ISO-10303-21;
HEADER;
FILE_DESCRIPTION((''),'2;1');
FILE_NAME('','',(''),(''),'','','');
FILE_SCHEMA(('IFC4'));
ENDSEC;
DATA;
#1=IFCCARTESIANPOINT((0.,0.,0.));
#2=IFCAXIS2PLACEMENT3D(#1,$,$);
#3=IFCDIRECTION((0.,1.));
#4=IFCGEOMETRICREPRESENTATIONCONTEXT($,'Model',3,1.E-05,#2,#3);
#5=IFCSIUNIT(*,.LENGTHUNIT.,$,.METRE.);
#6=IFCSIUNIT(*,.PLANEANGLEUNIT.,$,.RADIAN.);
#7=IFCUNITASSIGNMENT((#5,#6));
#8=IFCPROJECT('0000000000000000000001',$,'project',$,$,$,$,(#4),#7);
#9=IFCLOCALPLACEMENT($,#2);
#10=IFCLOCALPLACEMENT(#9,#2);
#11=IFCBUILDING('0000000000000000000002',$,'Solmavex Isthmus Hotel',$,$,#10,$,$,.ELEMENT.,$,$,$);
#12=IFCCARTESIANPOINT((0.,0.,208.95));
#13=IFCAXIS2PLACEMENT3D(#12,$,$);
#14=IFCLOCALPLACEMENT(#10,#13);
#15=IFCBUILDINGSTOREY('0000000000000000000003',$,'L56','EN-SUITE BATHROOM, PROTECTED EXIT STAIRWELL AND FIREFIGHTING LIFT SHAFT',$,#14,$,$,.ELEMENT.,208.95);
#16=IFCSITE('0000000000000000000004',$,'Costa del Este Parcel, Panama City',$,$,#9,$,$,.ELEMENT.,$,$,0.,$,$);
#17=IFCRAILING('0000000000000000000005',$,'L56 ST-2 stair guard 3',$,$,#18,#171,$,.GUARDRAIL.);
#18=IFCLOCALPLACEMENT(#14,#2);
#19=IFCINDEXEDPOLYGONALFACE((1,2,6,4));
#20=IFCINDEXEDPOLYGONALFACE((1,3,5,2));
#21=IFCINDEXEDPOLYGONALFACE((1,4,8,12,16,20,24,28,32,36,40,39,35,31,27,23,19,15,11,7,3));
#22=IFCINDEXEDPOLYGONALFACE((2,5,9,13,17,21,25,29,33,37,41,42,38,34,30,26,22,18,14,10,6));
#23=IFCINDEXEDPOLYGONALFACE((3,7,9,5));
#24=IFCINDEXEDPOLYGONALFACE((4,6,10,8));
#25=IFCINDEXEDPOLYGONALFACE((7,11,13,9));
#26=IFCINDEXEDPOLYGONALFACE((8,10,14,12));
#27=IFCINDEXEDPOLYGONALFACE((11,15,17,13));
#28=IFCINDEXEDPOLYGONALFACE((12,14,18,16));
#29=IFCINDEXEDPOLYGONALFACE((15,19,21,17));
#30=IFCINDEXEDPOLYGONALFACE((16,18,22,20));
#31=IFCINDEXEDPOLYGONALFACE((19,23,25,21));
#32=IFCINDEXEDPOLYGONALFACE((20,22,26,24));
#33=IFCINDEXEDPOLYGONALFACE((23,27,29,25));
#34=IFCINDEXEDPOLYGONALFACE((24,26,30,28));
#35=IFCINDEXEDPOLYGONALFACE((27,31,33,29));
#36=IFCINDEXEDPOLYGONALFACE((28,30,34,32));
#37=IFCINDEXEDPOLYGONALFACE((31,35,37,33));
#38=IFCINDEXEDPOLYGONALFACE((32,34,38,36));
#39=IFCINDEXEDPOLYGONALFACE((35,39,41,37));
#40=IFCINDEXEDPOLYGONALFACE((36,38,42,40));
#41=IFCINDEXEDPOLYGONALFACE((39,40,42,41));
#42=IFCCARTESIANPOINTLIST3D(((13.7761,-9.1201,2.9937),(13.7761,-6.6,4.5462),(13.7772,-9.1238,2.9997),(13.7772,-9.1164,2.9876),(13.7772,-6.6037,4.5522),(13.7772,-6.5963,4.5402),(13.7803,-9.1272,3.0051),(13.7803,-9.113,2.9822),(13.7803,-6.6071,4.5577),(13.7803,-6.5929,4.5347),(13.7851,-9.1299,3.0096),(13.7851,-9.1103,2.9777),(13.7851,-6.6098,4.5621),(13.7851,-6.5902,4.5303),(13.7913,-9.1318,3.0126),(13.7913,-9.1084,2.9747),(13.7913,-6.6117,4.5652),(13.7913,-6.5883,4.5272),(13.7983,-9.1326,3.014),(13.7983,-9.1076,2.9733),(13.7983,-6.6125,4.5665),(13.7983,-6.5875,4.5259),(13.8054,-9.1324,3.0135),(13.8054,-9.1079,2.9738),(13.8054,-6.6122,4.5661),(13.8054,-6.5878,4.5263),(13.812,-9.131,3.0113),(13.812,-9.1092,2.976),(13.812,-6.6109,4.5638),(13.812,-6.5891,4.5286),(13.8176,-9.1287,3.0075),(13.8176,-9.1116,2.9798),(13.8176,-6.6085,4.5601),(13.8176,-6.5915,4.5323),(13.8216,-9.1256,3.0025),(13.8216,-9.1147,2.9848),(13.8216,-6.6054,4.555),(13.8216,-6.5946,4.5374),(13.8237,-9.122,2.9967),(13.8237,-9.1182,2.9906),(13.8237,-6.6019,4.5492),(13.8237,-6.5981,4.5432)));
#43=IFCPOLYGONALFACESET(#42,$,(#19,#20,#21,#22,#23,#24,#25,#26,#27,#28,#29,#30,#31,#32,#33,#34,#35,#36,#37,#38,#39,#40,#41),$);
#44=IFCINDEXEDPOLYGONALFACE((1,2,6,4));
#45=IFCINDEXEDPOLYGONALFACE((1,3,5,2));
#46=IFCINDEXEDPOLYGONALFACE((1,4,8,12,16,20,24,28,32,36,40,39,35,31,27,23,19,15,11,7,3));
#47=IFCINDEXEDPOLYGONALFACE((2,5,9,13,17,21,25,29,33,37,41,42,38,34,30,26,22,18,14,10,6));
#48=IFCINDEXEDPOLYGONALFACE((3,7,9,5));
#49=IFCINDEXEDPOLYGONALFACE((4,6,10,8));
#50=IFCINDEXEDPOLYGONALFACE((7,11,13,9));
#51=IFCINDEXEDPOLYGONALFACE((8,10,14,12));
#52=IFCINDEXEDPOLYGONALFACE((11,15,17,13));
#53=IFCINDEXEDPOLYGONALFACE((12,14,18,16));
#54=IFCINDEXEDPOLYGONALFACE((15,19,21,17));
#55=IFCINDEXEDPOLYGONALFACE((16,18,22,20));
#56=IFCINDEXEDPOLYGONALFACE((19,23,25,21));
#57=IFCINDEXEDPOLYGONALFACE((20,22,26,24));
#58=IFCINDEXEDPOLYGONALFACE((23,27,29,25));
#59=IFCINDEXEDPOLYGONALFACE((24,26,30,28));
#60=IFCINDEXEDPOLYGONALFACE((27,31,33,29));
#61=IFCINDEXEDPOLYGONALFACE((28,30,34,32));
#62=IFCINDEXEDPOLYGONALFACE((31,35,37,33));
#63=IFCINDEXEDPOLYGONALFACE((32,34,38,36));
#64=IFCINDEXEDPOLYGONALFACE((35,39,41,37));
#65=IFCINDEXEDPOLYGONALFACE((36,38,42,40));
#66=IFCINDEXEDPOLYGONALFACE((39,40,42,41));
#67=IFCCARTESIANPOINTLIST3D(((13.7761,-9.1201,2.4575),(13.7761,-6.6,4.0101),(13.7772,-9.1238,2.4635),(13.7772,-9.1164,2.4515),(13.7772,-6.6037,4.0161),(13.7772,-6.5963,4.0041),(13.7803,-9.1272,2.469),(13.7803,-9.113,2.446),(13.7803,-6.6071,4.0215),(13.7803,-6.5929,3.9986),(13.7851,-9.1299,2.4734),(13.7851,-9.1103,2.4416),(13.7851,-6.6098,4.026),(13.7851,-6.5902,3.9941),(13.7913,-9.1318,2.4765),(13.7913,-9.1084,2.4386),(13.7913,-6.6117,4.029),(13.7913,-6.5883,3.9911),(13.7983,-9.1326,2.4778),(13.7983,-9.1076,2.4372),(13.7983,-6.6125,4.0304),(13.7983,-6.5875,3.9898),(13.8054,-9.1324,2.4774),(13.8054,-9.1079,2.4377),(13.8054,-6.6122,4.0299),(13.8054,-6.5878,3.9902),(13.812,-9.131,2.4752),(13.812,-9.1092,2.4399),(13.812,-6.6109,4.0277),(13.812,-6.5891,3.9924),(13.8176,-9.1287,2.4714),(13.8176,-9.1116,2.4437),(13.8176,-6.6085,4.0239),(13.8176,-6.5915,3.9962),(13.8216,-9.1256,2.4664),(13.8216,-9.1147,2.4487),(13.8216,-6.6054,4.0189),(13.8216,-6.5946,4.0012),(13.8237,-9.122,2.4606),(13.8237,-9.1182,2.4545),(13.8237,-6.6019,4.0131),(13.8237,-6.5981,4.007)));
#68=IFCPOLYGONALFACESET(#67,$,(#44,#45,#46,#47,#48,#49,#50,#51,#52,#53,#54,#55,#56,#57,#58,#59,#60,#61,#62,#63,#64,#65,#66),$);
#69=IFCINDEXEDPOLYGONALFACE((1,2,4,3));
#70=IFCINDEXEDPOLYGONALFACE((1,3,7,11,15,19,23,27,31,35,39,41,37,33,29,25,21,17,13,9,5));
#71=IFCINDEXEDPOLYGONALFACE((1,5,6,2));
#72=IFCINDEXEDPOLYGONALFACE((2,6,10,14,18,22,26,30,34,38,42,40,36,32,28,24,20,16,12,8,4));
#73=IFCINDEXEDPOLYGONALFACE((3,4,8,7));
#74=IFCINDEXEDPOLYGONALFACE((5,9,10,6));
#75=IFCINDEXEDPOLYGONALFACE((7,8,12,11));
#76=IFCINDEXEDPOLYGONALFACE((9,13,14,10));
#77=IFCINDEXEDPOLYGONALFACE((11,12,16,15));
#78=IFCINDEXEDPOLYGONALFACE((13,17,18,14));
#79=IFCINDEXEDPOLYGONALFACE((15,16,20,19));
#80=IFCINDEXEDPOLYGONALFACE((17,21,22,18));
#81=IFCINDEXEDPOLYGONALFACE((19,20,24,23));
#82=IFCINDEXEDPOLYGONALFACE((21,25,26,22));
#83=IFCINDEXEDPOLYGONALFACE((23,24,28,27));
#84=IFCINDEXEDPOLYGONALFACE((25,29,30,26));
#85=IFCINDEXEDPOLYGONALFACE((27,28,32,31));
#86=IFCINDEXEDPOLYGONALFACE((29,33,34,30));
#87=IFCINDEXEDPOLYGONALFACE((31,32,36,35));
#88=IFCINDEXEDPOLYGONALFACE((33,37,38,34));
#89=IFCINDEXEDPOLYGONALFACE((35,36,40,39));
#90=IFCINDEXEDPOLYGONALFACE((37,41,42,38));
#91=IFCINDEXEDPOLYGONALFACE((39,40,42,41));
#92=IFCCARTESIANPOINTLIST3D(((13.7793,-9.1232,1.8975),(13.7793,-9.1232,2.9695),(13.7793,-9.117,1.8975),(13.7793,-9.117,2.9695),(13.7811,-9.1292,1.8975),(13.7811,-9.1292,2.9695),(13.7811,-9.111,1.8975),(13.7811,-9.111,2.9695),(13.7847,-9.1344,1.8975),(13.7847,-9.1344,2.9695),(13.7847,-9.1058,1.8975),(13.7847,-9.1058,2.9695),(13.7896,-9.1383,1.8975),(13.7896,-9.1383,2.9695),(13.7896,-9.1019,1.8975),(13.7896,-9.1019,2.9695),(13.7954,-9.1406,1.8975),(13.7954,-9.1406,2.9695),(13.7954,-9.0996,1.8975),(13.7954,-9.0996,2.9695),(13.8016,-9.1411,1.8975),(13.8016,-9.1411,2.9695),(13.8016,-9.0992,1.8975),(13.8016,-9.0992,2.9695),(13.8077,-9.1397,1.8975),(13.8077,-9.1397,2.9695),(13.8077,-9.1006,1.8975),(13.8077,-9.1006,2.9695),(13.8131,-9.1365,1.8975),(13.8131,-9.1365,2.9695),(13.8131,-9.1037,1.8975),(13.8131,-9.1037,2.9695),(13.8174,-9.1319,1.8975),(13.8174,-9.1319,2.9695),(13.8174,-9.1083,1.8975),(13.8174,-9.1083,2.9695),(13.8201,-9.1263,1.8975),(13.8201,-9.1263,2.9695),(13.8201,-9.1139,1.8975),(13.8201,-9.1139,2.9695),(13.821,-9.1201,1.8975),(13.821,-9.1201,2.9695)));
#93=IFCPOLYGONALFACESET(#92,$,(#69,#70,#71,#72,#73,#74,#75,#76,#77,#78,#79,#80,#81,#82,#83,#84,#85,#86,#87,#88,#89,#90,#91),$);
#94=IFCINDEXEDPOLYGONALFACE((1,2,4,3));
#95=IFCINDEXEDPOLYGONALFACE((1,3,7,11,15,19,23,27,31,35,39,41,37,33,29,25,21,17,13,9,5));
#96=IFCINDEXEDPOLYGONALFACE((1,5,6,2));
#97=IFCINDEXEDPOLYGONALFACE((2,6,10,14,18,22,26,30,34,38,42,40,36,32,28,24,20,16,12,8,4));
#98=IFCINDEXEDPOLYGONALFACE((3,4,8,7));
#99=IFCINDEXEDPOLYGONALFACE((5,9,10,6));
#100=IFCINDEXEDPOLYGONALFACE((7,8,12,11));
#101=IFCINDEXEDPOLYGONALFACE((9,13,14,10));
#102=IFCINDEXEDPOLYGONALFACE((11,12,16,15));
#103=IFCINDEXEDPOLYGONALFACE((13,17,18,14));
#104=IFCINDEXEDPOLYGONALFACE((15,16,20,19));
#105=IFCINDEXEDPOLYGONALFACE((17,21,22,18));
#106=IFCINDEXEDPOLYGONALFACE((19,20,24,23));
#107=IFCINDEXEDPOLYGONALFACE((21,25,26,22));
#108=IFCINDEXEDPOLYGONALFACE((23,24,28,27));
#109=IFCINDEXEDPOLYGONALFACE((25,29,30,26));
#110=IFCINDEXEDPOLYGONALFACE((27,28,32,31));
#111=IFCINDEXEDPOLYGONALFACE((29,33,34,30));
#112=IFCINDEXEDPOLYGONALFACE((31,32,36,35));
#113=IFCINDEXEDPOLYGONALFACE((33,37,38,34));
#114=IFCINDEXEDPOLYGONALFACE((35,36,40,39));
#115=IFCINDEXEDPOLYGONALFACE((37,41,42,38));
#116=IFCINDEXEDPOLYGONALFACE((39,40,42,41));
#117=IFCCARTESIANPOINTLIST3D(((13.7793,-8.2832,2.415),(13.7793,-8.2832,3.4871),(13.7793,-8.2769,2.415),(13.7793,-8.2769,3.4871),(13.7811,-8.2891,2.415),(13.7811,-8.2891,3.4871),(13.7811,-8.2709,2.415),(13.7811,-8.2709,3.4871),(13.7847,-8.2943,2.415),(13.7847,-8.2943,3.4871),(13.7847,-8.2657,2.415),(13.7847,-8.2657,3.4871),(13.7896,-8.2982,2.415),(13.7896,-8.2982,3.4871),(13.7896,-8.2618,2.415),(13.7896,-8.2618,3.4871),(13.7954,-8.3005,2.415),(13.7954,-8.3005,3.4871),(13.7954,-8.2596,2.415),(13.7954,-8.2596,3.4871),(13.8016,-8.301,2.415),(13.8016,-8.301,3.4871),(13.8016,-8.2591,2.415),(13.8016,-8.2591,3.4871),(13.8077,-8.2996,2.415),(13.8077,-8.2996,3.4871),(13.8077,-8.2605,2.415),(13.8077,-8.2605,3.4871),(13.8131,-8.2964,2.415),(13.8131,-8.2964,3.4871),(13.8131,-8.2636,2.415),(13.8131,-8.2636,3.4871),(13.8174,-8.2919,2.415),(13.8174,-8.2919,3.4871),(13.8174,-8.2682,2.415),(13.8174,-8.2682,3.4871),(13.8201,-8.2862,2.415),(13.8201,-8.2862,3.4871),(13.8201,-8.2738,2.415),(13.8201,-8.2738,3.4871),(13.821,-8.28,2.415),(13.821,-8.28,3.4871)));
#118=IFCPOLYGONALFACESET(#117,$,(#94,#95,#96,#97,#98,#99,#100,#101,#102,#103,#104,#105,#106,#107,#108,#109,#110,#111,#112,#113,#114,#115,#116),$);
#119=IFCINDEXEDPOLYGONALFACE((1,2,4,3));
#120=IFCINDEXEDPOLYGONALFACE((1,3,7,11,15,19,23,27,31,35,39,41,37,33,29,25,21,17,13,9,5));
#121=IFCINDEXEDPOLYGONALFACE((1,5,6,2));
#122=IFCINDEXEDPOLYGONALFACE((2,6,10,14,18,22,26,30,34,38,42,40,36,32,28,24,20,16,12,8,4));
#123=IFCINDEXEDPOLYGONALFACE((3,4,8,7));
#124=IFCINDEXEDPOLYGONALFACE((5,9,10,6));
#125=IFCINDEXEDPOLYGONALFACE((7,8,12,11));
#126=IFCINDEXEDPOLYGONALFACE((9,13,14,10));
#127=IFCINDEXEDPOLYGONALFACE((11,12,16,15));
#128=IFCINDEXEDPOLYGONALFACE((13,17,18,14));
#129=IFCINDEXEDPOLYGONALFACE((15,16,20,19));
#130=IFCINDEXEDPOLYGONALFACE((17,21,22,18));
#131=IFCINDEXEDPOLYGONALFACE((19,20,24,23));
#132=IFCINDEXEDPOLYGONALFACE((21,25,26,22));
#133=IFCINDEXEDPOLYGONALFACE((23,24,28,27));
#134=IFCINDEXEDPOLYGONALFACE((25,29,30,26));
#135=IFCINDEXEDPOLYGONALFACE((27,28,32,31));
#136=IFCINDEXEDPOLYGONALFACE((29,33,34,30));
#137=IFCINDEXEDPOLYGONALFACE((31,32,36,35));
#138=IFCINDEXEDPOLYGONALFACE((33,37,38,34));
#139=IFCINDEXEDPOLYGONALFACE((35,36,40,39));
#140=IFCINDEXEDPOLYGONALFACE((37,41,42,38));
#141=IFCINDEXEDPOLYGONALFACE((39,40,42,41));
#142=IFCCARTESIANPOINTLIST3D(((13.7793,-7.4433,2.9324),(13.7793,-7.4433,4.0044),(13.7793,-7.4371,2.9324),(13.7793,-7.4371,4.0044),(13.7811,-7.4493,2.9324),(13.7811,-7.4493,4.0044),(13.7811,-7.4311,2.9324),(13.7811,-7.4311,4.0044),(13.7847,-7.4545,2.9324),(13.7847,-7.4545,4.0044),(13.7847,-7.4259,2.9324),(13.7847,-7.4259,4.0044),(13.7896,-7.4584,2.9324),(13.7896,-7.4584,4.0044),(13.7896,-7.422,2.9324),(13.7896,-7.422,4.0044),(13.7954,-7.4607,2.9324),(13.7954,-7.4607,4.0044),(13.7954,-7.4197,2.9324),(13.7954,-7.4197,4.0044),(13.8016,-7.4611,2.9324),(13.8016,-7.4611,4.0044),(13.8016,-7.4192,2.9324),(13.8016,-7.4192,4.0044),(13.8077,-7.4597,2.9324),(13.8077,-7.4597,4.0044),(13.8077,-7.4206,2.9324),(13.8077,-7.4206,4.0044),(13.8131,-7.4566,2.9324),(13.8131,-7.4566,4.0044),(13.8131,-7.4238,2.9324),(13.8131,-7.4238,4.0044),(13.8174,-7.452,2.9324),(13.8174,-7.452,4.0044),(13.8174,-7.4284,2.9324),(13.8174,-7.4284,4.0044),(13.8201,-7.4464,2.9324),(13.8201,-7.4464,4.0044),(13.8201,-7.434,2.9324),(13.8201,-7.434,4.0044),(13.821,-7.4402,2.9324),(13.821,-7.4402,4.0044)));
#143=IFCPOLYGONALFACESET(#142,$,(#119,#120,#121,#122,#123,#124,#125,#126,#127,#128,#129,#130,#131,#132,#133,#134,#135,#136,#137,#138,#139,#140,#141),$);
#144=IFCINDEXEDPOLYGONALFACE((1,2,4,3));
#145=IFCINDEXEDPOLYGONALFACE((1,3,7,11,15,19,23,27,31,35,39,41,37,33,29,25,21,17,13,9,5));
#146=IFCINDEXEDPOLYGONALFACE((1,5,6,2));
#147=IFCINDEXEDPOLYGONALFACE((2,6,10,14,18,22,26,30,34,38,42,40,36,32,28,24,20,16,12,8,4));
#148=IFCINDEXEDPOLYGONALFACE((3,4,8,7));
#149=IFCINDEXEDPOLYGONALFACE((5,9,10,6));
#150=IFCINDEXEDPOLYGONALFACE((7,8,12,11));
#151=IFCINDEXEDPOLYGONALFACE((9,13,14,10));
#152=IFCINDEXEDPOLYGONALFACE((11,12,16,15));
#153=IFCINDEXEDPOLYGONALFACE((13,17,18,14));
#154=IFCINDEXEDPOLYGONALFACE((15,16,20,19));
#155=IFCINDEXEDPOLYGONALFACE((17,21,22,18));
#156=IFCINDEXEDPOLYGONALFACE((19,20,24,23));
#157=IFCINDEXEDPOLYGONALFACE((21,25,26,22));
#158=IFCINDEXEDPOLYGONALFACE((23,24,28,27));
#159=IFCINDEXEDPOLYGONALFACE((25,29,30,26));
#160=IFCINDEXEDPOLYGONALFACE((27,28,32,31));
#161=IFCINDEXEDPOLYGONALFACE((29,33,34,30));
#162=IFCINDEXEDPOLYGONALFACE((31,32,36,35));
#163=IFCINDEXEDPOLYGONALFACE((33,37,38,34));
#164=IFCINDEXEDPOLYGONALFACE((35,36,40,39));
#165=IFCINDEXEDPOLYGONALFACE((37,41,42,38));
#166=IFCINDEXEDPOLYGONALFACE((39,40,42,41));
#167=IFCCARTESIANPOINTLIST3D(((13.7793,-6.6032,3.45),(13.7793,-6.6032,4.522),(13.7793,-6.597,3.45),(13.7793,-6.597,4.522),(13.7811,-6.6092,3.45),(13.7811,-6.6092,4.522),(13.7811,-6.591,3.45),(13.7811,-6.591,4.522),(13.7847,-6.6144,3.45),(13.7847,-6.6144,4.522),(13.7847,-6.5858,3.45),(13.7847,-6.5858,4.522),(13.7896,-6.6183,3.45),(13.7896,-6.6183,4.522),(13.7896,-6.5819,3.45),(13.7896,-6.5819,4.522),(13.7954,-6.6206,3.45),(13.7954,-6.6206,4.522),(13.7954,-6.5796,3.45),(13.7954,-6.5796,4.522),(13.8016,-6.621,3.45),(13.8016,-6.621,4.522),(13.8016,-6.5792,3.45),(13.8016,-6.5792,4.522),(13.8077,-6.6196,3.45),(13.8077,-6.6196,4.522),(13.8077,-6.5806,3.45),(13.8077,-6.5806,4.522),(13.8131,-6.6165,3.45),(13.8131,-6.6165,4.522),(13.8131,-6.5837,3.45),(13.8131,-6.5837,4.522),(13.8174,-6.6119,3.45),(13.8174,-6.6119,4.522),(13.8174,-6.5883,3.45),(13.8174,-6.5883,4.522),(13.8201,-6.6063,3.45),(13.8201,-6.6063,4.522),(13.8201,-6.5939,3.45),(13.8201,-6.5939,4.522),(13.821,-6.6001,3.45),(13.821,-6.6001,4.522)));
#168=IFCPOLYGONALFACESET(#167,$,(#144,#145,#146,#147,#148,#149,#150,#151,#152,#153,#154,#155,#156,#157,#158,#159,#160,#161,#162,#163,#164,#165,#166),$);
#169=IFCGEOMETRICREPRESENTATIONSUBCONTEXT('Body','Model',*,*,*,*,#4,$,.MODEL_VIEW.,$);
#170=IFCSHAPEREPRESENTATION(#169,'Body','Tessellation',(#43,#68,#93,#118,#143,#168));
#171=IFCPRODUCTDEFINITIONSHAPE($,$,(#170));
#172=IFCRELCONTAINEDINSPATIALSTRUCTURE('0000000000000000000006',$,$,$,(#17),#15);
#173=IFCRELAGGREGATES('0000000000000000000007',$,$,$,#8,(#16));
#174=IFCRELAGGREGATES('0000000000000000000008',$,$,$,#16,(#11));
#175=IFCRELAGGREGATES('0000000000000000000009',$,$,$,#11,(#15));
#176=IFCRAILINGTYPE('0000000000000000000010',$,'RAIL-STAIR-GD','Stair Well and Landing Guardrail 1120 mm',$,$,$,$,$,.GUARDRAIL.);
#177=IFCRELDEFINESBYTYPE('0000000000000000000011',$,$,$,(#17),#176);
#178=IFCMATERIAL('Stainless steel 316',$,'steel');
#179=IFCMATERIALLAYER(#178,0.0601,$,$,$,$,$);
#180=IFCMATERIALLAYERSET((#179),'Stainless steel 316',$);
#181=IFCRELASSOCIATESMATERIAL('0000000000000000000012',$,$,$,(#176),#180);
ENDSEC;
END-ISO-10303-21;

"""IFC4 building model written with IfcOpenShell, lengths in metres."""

from ifc_helpers import new_model, si_unit, direction, frame, origin, origin_2d, place, context, subcontext, project, spatial, circle, extrude, material, layer, layer_set, type_object, element, save


model = new_model("IFC4")

# Units and contexts
model_context = context("Model", 3, precision=1e-05, world=origin(), true_north=direction((0.0, 1.0)))
body_context = subcontext(model_context, "Body", "Model", "MODEL_VIEW")
ifc_project = project(units=[si_unit("LENGTHUNIT", "METRE"), si_unit("PLANEANGLEUNIT", "RADIAN")], contexts=[model_context])

# Site, building, storey
site_placement = place(None, origin())
site = spatial("IfcSite", under=ifc_project, at=site_placement, Name="Costa del Este Parcel, Panama City", CompositionType="ELEMENT", RefElevation=0.0)
building_placement = place(site_placement, origin())
building = spatial("IfcBuilding", under=site, at=building_placement, Name="Solmavex Isthmus Hotel", CompositionType="ELEMENT")
storey_placement = place(building_placement, frame((0.0, 0.0, 208.95)))
storey = spatial("IfcBuildingStorey", under=building, at=storey_placement, Name="L56", Description="EN-SUITE BATHROOM, PROTECTED EXIT STAIRWELL AND FIREFIGHTING LIFT SHAFT", CompositionType="ELEMENT", Elevation=208.95)

# Railing
ifc_material_1 = material(Name="Stainless steel 316", Category="steel")
ifc_layer_1 = layer(ifc_material_1, 0.0601)
ifc_layer_set_1 = layer_set([ifc_layer_1], Name="Stainless steel 316")
railing_type_1 = type_object("IfcRailingType", Name="RAIL-STAIR-GD", Description="Stair Well and Landing Guardrail 1120 mm", PredefinedType="GUARDRAIL", material=ifc_layer_set_1)
railing_1_placement = place(storey_placement, frame((13.8, -9.1201, 1.8975)))
element("IfcRailing", 1, at=railing_1_placement, inside=storey, type_object=railing_type_1, Name="L56 ST-2 stair guard 3", PredefinedType="GUARDRAIL", context=body_context, shape_type="SweptSolid", body=[
    extrude(circle(Radius=0.0239, at=origin_2d()), frame((0.0, 0.0, 1.0962), z_axis=(0.0, 0.8514, 0.524516), x_axis=(-1.0, 0.0, 0.0)), (0.0, 0.0, 1.0), 2.96),
    extrude(circle(Radius=0.0239, at=origin_2d()), frame((0.0, 0.0, 0.5601), z_axis=(0.0, 0.8514, 0.524516), x_axis=(-1.0, 0.0, 0.0)), (0.0, 0.0, 1.0), 2.96),
    extrude(circle(Radius=0.021, at=origin_2d()), origin(), (0.0, 0.0, 1.0), 1.072),
    extrude(circle(Radius=0.021, at=origin_2d()), frame((0.0, 0.8401, 0.5176)), (0.0, 0.0, 1.0), 1.072),
    extrude(circle(Radius=0.021, at=origin_2d()), frame((0.0, 1.6799, 1.0349)), (0.0, 0.0, 1.0), 1.072),
    extrude(circle(Radius=0.021, at=origin_2d()), frame((0.0, 2.52, 1.5525)), (0.0, 0.0, 1.0), 1.072),
])

save(model, "model.ifc")
